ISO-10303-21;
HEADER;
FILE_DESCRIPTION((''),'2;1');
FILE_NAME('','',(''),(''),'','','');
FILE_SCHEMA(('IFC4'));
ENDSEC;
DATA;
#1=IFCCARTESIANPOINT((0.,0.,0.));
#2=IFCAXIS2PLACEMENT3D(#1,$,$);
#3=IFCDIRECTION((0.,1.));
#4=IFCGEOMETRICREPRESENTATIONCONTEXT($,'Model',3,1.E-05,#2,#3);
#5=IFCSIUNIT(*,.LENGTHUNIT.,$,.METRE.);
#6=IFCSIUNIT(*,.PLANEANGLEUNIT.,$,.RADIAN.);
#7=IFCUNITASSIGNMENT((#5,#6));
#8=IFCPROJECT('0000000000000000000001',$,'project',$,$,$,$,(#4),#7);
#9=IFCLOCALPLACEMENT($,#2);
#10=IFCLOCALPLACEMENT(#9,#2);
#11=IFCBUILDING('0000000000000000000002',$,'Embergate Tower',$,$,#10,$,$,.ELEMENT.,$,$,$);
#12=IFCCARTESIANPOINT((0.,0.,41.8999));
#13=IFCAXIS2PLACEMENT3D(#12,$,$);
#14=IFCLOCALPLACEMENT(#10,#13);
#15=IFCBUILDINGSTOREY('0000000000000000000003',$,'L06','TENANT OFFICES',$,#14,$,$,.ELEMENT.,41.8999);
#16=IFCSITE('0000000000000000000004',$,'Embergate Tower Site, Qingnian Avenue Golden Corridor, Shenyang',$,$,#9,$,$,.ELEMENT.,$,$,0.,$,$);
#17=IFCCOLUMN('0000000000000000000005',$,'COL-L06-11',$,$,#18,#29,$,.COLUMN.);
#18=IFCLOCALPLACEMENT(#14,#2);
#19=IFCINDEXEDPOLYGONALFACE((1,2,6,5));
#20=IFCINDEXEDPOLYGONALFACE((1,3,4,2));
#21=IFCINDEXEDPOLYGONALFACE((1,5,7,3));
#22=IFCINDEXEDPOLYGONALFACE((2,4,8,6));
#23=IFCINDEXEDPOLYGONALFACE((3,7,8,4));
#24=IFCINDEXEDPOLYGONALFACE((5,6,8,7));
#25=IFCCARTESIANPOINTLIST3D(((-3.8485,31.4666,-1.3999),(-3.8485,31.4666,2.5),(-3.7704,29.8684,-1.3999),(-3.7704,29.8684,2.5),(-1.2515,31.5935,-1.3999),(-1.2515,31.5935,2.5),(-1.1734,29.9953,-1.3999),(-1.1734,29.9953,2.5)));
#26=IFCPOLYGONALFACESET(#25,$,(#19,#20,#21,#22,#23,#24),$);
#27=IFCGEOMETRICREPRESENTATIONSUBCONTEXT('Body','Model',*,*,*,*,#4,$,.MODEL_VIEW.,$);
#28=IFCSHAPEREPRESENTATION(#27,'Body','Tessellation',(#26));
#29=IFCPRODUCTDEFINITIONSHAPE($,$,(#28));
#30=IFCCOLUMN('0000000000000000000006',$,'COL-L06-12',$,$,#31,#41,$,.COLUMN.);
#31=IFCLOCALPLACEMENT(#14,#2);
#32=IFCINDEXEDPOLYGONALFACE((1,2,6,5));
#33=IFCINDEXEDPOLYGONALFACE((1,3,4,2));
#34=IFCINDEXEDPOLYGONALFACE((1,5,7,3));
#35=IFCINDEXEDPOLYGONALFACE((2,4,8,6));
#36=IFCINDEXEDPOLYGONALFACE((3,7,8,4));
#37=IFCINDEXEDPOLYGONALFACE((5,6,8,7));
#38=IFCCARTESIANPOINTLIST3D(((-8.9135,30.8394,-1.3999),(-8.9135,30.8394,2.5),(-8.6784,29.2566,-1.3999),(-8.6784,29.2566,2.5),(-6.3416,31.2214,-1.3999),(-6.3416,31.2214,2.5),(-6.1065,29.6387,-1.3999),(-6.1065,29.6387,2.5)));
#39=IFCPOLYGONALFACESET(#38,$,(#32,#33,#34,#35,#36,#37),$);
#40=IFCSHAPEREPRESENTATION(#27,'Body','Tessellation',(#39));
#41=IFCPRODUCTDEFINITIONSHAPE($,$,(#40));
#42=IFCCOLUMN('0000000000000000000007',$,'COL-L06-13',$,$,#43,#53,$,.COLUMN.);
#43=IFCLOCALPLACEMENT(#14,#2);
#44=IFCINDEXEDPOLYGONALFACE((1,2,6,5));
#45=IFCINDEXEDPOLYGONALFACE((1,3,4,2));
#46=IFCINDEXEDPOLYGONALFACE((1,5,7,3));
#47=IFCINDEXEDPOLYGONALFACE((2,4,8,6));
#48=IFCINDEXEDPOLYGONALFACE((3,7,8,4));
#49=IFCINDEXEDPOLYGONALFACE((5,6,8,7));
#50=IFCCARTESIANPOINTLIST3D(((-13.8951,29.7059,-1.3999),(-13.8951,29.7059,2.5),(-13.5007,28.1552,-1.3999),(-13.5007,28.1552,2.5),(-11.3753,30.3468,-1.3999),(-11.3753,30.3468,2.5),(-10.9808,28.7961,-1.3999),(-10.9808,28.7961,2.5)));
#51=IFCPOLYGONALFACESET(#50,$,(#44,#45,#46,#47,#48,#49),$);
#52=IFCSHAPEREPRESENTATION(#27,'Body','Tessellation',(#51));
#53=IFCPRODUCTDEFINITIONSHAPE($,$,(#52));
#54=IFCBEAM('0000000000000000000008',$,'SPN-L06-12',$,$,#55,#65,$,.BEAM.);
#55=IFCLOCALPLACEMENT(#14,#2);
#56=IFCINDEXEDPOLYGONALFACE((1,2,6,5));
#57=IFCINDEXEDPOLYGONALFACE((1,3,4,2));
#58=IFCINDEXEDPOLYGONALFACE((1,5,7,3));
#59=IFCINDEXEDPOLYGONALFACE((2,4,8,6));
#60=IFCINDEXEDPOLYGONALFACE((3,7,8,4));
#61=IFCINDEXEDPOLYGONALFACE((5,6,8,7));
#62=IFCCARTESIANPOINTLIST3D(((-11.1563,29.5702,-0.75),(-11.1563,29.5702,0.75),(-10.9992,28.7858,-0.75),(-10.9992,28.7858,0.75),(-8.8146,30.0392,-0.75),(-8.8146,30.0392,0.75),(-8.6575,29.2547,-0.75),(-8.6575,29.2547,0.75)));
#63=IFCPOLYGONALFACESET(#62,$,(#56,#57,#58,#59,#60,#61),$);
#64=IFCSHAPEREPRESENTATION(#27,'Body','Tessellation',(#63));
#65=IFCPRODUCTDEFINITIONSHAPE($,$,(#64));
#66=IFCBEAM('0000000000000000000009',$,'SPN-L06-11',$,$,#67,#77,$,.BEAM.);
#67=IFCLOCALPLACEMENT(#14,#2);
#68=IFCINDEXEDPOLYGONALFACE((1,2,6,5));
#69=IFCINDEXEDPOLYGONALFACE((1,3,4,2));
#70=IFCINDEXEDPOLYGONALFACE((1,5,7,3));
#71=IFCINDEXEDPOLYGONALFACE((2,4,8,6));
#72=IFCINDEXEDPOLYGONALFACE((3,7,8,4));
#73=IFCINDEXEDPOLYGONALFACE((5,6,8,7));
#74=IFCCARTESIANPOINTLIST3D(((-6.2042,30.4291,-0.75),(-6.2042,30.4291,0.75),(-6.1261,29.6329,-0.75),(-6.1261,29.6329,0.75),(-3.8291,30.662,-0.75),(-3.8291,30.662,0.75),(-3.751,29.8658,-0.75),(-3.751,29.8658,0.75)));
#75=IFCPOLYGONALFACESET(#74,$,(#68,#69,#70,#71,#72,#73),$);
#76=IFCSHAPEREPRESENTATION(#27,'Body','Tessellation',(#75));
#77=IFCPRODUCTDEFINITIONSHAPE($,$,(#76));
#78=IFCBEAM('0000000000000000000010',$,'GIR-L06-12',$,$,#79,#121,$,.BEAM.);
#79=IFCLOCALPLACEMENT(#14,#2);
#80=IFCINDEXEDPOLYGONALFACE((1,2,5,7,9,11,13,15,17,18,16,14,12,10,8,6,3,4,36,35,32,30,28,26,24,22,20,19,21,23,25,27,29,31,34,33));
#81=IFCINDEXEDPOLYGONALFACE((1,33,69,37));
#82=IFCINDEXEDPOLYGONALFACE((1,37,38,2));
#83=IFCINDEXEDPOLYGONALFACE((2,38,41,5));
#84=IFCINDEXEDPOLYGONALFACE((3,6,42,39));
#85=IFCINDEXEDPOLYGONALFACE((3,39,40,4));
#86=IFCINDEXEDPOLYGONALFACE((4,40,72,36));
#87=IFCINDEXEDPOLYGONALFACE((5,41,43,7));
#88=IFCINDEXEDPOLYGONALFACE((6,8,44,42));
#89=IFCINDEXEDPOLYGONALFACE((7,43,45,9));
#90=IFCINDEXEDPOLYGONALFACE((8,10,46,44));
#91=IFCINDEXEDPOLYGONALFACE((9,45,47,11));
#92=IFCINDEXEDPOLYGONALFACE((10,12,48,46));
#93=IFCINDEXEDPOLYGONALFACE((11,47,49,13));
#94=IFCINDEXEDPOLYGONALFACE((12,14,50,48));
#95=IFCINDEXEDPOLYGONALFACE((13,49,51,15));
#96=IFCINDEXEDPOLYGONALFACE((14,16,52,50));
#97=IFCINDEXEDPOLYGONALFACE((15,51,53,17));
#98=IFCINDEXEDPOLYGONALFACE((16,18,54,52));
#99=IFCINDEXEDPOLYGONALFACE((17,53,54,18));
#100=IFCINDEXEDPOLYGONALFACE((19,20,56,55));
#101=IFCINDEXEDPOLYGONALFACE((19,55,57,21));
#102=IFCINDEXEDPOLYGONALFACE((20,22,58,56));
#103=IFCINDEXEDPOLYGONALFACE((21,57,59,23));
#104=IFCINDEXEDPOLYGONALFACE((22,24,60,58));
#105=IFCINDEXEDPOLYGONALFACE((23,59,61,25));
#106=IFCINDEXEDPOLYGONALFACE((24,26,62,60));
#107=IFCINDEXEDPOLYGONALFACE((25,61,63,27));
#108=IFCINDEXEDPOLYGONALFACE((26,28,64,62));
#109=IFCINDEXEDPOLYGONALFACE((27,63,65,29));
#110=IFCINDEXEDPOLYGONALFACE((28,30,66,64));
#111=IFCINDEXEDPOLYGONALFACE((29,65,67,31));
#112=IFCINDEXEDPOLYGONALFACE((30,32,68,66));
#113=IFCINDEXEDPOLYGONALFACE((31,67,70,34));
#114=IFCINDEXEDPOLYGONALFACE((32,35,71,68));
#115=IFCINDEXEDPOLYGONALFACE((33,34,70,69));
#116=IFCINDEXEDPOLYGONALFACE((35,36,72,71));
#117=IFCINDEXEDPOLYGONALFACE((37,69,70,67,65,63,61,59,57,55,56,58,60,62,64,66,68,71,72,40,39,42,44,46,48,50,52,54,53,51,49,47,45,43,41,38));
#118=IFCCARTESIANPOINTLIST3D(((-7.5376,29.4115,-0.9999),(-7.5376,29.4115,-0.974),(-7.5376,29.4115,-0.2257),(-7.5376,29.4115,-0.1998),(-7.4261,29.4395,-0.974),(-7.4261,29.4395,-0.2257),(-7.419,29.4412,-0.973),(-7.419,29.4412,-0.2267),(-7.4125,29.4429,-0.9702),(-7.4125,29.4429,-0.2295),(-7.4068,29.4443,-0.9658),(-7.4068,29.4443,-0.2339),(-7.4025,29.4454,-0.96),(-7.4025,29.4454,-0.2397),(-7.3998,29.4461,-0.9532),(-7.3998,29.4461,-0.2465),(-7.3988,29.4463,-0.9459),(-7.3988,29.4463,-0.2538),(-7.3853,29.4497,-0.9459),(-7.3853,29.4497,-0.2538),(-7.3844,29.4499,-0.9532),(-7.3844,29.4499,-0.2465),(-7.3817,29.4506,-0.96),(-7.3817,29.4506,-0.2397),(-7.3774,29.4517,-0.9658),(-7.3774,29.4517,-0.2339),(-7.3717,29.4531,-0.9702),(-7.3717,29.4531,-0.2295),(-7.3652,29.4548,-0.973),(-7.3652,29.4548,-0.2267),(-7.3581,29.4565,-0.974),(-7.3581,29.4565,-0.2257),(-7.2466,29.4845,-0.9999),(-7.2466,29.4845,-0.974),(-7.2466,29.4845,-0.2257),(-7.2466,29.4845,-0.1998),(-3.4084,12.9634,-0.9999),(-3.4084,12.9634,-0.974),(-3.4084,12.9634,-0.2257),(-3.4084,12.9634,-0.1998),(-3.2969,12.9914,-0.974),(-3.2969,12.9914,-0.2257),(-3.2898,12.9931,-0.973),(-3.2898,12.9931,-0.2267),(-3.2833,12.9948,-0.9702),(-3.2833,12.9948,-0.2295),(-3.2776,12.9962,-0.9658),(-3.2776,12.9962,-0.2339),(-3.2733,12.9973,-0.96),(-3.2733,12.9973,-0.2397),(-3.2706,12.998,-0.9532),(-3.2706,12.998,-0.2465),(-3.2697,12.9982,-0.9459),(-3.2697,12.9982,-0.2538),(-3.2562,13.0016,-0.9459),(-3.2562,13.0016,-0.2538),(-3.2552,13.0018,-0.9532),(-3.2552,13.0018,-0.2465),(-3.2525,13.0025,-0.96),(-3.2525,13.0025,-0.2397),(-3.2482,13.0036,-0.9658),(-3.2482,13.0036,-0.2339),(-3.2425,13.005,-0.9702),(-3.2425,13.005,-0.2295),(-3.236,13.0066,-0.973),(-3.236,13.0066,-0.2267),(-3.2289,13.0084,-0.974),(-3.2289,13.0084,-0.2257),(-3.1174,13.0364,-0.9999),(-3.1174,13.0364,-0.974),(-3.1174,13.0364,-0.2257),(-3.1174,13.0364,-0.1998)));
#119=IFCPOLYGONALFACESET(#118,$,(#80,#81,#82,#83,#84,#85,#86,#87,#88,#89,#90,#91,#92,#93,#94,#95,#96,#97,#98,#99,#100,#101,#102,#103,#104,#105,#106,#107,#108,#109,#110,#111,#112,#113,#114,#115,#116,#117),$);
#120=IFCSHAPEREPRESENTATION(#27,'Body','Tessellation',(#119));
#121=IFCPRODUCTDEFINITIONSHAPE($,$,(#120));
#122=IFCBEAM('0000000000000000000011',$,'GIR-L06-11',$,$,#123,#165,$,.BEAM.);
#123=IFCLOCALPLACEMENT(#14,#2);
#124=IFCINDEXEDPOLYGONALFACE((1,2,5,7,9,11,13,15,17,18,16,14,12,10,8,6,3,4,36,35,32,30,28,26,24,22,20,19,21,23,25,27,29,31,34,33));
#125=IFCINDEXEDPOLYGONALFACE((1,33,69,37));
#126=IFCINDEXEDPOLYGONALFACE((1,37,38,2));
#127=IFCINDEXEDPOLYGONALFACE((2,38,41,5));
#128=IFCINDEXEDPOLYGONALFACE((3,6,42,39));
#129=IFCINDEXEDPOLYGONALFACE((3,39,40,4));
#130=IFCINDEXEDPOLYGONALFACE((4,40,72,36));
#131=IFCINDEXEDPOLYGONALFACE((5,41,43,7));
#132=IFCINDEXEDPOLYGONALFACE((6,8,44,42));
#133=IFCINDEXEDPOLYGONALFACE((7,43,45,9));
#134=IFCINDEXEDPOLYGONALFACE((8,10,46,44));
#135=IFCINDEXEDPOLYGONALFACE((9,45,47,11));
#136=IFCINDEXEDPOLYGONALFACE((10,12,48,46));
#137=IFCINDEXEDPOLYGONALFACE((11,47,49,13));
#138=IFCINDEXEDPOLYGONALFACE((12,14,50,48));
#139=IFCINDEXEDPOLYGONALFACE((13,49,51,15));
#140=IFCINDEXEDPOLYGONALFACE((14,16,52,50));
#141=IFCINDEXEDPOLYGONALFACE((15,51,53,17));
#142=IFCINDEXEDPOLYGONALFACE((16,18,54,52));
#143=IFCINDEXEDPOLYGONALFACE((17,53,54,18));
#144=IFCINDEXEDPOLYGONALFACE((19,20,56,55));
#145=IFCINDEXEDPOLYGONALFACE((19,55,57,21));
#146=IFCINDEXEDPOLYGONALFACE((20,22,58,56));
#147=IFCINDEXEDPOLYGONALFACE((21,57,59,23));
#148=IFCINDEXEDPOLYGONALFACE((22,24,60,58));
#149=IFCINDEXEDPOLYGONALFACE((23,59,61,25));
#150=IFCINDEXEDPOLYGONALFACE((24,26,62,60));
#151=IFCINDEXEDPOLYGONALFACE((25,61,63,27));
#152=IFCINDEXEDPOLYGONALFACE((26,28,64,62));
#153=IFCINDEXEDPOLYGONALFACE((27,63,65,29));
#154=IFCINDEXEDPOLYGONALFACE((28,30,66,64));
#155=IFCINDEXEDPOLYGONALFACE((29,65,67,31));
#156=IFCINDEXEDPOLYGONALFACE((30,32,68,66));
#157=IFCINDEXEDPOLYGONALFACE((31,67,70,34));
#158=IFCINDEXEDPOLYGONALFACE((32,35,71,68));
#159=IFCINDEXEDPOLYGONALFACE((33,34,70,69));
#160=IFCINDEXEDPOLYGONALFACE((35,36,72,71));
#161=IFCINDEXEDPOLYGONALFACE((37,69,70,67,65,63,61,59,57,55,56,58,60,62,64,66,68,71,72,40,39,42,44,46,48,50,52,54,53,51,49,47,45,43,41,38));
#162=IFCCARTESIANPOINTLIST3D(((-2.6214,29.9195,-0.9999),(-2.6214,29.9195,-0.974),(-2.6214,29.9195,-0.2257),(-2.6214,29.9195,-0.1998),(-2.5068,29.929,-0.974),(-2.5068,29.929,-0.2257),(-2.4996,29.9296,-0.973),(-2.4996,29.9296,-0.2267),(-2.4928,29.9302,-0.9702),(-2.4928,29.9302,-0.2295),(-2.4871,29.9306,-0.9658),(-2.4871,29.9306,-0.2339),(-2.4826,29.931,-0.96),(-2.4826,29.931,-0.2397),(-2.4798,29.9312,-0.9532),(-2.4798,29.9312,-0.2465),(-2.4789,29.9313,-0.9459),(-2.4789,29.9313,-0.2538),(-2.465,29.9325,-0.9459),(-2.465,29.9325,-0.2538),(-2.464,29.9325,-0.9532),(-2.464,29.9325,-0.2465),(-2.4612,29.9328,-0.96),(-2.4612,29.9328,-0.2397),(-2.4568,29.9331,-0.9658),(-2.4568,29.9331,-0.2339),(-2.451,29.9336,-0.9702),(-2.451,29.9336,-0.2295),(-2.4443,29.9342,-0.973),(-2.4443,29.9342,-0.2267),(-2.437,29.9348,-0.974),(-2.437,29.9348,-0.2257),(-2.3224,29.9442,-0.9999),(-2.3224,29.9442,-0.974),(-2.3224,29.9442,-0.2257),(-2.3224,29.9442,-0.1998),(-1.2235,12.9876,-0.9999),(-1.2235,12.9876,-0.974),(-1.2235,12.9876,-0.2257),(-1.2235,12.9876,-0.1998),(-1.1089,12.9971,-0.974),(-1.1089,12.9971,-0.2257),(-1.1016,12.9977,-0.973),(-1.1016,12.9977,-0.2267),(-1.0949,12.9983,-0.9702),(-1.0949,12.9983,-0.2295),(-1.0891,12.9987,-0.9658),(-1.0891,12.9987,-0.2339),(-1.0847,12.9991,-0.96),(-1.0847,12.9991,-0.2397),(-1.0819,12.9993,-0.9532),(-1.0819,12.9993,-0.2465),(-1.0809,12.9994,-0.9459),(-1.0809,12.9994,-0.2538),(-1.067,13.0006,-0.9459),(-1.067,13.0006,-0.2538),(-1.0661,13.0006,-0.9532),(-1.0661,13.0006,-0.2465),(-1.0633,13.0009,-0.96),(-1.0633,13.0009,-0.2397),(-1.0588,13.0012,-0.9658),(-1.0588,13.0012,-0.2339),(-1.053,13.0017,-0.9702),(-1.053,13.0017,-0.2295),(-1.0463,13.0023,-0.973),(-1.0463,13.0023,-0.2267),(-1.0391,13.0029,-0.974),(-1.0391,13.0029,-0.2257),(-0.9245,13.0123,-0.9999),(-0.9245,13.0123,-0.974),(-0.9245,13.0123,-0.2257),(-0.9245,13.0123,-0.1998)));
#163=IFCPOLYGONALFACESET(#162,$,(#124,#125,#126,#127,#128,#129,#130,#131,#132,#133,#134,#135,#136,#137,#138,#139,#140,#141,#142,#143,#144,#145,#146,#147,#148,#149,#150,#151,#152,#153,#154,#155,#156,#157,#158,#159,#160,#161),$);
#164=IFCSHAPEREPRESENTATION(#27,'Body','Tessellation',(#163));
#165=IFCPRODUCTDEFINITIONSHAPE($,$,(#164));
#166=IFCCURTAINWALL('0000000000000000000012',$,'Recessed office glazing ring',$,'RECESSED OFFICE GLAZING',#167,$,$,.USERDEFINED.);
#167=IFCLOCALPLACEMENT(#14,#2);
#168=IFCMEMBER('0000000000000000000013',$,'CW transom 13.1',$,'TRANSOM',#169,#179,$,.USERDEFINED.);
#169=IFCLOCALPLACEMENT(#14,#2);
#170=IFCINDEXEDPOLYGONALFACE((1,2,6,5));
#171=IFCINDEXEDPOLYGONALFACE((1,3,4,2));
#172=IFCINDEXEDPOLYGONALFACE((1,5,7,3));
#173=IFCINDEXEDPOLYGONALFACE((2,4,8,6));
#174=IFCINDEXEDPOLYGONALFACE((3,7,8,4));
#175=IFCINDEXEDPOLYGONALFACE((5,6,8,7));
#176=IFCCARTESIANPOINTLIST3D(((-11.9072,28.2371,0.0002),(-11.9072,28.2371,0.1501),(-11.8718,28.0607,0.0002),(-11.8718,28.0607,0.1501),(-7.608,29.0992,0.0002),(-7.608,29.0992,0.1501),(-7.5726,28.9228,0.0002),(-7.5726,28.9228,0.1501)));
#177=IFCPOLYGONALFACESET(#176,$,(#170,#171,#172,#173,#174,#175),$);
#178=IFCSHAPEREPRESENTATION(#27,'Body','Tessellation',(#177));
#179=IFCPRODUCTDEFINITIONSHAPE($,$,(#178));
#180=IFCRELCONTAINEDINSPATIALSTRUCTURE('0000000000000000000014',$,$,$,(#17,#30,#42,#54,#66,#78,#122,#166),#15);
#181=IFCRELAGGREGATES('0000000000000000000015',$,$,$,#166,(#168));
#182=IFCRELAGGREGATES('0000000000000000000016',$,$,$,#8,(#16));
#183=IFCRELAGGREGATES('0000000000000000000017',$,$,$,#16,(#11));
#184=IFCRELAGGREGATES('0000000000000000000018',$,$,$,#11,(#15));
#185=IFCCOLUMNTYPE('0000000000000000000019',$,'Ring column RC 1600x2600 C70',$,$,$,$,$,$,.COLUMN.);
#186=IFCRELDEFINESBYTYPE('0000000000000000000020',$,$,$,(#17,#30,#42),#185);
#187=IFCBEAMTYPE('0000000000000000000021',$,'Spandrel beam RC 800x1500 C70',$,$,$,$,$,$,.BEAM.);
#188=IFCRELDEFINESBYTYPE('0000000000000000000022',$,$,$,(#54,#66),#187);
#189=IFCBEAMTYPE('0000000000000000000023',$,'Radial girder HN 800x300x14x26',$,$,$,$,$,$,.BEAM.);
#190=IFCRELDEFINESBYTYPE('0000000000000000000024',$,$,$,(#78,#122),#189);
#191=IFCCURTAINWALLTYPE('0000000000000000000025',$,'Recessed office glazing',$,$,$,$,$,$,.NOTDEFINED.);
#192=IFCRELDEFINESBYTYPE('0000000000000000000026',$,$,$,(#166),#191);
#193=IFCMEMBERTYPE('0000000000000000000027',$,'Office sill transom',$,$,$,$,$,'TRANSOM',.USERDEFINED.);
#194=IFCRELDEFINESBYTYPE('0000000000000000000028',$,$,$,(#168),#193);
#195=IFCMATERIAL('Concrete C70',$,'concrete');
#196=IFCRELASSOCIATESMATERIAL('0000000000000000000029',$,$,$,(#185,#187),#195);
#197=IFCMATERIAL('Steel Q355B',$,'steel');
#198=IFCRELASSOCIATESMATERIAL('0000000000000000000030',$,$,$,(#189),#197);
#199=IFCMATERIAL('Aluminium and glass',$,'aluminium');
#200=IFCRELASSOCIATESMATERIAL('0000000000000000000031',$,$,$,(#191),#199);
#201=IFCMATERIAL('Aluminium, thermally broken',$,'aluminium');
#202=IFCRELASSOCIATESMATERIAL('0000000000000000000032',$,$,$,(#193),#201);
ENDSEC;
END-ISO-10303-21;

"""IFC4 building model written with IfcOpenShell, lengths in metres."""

from ifc_helpers import new_model, si_unit, direction, frame, origin, origin_2d, place, context, subcontext, project, spatial, rectangle, i_section, extrude, source, transform, mapped, material, material_profile, profile_set, type_object, element, aggregate, save


model = new_model("IFC4")

# Units and contexts
model_context = context("Model", 3, precision=1e-05, world=origin(), true_north=direction((0.0, 1.0)))
body_context = subcontext(model_context, "Body", "Model", "MODEL_VIEW")
ifc_project = project(units=[si_unit("LENGTHUNIT", "METRE"), si_unit("PLANEANGLEUNIT", "RADIAN")], contexts=[model_context])

# Site, building, storey
site_placement = place(None, origin())
site = spatial("IfcSite", under=ifc_project, at=site_placement, Name="Embergate Tower Site, Qingnian Avenue Golden Corridor, Shenyang", CompositionType="ELEMENT", RefElevation=0.0)
building_placement = place(site_placement, origin())
building = spatial("IfcBuilding", under=site, at=building_placement, Name="Embergate Tower", CompositionType="ELEMENT")
storey_placement = place(building_placement, frame((0.0, 0.0, 41.8999)))
storey = spatial("IfcBuildingStorey", under=building, at=storey_placement, Name="L06", Description="TENANT OFFICES", CompositionType="ELEMENT", Elevation=41.8999)

# Columns
ifc_material_1 = material(Name="Concrete C70", Category="concrete")
ifc_material_profile_1 = material_profile(ifc_material_1, rectangle(XDim=1.6001, YDim=2.6001, at=origin_2d()), Name="RC 1600x2600")
ifc_profile_set_1 = profile_set([ifc_material_profile_1], Name="Concrete C70")
column_type = type_object("IfcColumnType", Name="Ring column RC 1600x2600 C70", PredefinedType="COLUMN", material=ifc_profile_set_1)
shared_shape_1 = source(origin(), body_context, "Body", "SweptSolid", [
    extrude(rectangle(XDim=1.6001, YDim=2.6001, at=origin_2d()), origin(), (0.0, 0.0, 1.0), 3.8999),
])
for number, where, z_axis, x_axis, name in (
    (1, (-2.511, 30.731, -1.3999), (0.0, 0.0, 1.0), (-0.048815, 0.998808, 0.0), "COL-L06-11"),
    (2, (-7.51, 30.239, -1.3999), (0.0, 0.0, 1.0), (-0.146929, 0.989147, 0.0), "COL-L06-12"),
    (3, (-12.438, 29.251, -1.3999), (0.0, 0.0, 1.0), (-0.246492, 0.969145, 0.0), "COL-L06-13"),
):
    element("IfcColumn", number, at=place(storey_placement, frame(where, z_axis=z_axis, x_axis=x_axis)), inside=storey, type_object=column_type, Name=name, PredefinedType="COLUMN", context=body_context, shape_type="MappedRepresentation", body=[
        mapped(shared_shape_1, transform((0.0, 0.0, 0.0))),
    ])

# Beams
ifc_material_profile_2 = material_profile(ifc_material_1, rectangle(XDim=0.8, YDim=1.5, at=origin_2d()), Name="RC 800x1500")
ifc_profile_set_2 = profile_set([ifc_material_profile_2], Name="Concrete C70")
beam_type_1 = type_object("IfcBeamType", Name="Spandrel beam RC 800x1500 C70", PredefinedType="BEAM", material=ifc_profile_set_2)
shared_shape_2 = source(origin(), body_context, "Body", "SweptSolid", [
    extrude(rectangle(XDim=0.8, YDim=1.5, at=origin_2d()), origin(), (0.0, 0.0, 1.0), 2.3882),
])
beam_1_placement = place(storey_placement, frame((-8.7361, 29.647, 0.0), z_axis=(-0.98053, -0.196372, 0.0), x_axis=(0.196372, -0.98053, 0.0)))
element("IfcBeam", 4, at=beam_1_placement, inside=storey, type_object=beam_type_1, Name="SPN-L06-12", PredefinedType="BEAM", context=body_context, shape_type="MappedRepresentation", body=[
    mapped(shared_shape_2, transform((0.0, 0.0, 0.0))),
])
shared_shape_3 = source(origin(), body_context, "Body", "SweptSolid", [
    extrude(rectangle(XDim=0.8, YDim=1.5, at=origin_2d()), origin(), (0.0, 0.0, 1.0), 2.3865),
])
beam_2_placement = place(storey_placement, frame((-3.79, 30.2639, 0.0), z_axis=(-0.995226, -0.097599, 0.0), x_axis=(0.097599, -0.995226, 0.0)))
element("IfcBeam", 5, at=beam_2_placement, inside=storey, type_object=beam_type_1, Name="SPN-L06-11", PredefinedType="BEAM", context=body_context, shape_type="MappedRepresentation", body=[
    mapped(shared_shape_3, transform((0.0, 0.0, 0.0))),
])
ifc_material_2 = material(Name="Steel Q355B", Category="steel")
ifc_material_profile_3 = material_profile(ifc_material_2, i_section(OverallWidth=0.3, OverallDepth=0.8, WebThickness=0.0139, FlangeThickness=0.0259, FilletRadius=0.0281, at=origin_2d()), Name="HN 800x300x14x26")
ifc_profile_set_3 = profile_set([ifc_material_profile_3], Name="Steel Q355 grade B")
beam_type_2 = type_object("IfcBeamType", Name="Radial girder HN 800x300x14x26", PredefinedType="BEAM", material=ifc_profile_set_3)
shared_shape_4 = source(origin(), body_context, "Body", "SweptSolid", [
    extrude(i_section(OverallWidth=0.3, OverallDepth=0.8, WebThickness=0.0139, FlangeThickness=0.0259, FilletRadius=0.0281, at=origin_2d()), origin(), (0.0, 0.0, 1.0), 16.9585),
])
beam_3_placement = place(storey_placement, frame((-7.3921, 29.448, -0.5999), z_axis=(0.243487, -0.969904, 0.0), x_axis=(0.969904, 0.243487, 0.0)))
element("IfcBeam", 6, at=beam_3_placement, inside=storey, type_object=beam_type_2, Name="GIR-L06-12", PredefinedType="BEAM", context=body_context, shape_type="MappedRepresentation", body=[
    mapped(shared_shape_4, transform((0.0, 0.0, 0.0))),
])
shared_shape_5 = source(origin(), body_context, "Body", "SweptSolid", [
    extrude(i_section(OverallWidth=0.3, OverallDepth=0.8, WebThickness=0.0139, FlangeThickness=0.0259, FilletRadius=0.0281, at=origin_2d()), origin(), (0.0, 0.0, 1.0), 16.9895),
])
beam_4_placement = place(storey_placement, frame((-2.4719, 29.9319, -0.5999), z_axis=(0.082283, -0.996609, 0.0), x_axis=(0.996609, 0.082283, 0.0)))
element("IfcBeam", 7, at=beam_4_placement, inside=storey, type_object=beam_type_2, Name="GIR-L06-11", PredefinedType="BEAM", context=body_context, shape_type="MappedRepresentation", body=[
    mapped(shared_shape_5, transform((0.0, 0.0, 0.0))),
])

# Curtain wall, member
ifc_material_3 = material(Name="Aluminium and glass", Category="aluminium")
curtain_wall_type = type_object("IfcCurtainWallType", Name="Recessed office glazing", PredefinedType="NOTDEFINED", material=ifc_material_3)
curtain_wall_placement = place(storey_placement, origin())
curtain_wall = element("IfcCurtainWall", 8, at=curtain_wall_placement, inside=storey, type_object=curtain_wall_type, Name="Recessed office glazing ring", ObjectType="RECESSED OFFICE GLAZING", PredefinedType="USERDEFINED")
ifc_material_4 = material(Name="Aluminium, thermally broken", Category="aluminium")
ifc_material_profile_4 = material_profile(ifc_material_4, rectangle(XDim=0.1799, YDim=0.1499, at=origin_2d()), Name="AL 150x180")
ifc_profile_set_4 = profile_set([ifc_material_profile_4], Name="Aluminium, thermally broken")
member_type_1 = type_object("IfcMemberType", Name="Office sill transom", ElementType="TRANSOM", PredefinedType="USERDEFINED", material=ifc_profile_set_4)
shared_shape_6 = source(origin(), body_context, "Body", "SweptSolid", [
    extrude(rectangle(XDim=0.1799, YDim=0.1499, at=origin_2d()), origin(), (0.0, 0.0, 1.0), 4.3848),
])
member_1_placement = place(storey_placement, frame((-7.5903, 29.011, 0.0752), z_axis=(-0.980482, -0.196609, 0.0), x_axis=(0.196609, -0.980482, 0.0)))
member_1 = element("IfcMember", 9, at=member_1_placement, type_object=member_type_1, Name="CW transom 13.1", ObjectType="TRANSOM", PredefinedType="USERDEFINED", context=body_context, shape_type="MappedRepresentation", body=[
    mapped(shared_shape_6, transform((0.0, 0.0, 0.0))),
])
aggregate(curtain_wall, [member_1])

save(model, "model.ifc")
